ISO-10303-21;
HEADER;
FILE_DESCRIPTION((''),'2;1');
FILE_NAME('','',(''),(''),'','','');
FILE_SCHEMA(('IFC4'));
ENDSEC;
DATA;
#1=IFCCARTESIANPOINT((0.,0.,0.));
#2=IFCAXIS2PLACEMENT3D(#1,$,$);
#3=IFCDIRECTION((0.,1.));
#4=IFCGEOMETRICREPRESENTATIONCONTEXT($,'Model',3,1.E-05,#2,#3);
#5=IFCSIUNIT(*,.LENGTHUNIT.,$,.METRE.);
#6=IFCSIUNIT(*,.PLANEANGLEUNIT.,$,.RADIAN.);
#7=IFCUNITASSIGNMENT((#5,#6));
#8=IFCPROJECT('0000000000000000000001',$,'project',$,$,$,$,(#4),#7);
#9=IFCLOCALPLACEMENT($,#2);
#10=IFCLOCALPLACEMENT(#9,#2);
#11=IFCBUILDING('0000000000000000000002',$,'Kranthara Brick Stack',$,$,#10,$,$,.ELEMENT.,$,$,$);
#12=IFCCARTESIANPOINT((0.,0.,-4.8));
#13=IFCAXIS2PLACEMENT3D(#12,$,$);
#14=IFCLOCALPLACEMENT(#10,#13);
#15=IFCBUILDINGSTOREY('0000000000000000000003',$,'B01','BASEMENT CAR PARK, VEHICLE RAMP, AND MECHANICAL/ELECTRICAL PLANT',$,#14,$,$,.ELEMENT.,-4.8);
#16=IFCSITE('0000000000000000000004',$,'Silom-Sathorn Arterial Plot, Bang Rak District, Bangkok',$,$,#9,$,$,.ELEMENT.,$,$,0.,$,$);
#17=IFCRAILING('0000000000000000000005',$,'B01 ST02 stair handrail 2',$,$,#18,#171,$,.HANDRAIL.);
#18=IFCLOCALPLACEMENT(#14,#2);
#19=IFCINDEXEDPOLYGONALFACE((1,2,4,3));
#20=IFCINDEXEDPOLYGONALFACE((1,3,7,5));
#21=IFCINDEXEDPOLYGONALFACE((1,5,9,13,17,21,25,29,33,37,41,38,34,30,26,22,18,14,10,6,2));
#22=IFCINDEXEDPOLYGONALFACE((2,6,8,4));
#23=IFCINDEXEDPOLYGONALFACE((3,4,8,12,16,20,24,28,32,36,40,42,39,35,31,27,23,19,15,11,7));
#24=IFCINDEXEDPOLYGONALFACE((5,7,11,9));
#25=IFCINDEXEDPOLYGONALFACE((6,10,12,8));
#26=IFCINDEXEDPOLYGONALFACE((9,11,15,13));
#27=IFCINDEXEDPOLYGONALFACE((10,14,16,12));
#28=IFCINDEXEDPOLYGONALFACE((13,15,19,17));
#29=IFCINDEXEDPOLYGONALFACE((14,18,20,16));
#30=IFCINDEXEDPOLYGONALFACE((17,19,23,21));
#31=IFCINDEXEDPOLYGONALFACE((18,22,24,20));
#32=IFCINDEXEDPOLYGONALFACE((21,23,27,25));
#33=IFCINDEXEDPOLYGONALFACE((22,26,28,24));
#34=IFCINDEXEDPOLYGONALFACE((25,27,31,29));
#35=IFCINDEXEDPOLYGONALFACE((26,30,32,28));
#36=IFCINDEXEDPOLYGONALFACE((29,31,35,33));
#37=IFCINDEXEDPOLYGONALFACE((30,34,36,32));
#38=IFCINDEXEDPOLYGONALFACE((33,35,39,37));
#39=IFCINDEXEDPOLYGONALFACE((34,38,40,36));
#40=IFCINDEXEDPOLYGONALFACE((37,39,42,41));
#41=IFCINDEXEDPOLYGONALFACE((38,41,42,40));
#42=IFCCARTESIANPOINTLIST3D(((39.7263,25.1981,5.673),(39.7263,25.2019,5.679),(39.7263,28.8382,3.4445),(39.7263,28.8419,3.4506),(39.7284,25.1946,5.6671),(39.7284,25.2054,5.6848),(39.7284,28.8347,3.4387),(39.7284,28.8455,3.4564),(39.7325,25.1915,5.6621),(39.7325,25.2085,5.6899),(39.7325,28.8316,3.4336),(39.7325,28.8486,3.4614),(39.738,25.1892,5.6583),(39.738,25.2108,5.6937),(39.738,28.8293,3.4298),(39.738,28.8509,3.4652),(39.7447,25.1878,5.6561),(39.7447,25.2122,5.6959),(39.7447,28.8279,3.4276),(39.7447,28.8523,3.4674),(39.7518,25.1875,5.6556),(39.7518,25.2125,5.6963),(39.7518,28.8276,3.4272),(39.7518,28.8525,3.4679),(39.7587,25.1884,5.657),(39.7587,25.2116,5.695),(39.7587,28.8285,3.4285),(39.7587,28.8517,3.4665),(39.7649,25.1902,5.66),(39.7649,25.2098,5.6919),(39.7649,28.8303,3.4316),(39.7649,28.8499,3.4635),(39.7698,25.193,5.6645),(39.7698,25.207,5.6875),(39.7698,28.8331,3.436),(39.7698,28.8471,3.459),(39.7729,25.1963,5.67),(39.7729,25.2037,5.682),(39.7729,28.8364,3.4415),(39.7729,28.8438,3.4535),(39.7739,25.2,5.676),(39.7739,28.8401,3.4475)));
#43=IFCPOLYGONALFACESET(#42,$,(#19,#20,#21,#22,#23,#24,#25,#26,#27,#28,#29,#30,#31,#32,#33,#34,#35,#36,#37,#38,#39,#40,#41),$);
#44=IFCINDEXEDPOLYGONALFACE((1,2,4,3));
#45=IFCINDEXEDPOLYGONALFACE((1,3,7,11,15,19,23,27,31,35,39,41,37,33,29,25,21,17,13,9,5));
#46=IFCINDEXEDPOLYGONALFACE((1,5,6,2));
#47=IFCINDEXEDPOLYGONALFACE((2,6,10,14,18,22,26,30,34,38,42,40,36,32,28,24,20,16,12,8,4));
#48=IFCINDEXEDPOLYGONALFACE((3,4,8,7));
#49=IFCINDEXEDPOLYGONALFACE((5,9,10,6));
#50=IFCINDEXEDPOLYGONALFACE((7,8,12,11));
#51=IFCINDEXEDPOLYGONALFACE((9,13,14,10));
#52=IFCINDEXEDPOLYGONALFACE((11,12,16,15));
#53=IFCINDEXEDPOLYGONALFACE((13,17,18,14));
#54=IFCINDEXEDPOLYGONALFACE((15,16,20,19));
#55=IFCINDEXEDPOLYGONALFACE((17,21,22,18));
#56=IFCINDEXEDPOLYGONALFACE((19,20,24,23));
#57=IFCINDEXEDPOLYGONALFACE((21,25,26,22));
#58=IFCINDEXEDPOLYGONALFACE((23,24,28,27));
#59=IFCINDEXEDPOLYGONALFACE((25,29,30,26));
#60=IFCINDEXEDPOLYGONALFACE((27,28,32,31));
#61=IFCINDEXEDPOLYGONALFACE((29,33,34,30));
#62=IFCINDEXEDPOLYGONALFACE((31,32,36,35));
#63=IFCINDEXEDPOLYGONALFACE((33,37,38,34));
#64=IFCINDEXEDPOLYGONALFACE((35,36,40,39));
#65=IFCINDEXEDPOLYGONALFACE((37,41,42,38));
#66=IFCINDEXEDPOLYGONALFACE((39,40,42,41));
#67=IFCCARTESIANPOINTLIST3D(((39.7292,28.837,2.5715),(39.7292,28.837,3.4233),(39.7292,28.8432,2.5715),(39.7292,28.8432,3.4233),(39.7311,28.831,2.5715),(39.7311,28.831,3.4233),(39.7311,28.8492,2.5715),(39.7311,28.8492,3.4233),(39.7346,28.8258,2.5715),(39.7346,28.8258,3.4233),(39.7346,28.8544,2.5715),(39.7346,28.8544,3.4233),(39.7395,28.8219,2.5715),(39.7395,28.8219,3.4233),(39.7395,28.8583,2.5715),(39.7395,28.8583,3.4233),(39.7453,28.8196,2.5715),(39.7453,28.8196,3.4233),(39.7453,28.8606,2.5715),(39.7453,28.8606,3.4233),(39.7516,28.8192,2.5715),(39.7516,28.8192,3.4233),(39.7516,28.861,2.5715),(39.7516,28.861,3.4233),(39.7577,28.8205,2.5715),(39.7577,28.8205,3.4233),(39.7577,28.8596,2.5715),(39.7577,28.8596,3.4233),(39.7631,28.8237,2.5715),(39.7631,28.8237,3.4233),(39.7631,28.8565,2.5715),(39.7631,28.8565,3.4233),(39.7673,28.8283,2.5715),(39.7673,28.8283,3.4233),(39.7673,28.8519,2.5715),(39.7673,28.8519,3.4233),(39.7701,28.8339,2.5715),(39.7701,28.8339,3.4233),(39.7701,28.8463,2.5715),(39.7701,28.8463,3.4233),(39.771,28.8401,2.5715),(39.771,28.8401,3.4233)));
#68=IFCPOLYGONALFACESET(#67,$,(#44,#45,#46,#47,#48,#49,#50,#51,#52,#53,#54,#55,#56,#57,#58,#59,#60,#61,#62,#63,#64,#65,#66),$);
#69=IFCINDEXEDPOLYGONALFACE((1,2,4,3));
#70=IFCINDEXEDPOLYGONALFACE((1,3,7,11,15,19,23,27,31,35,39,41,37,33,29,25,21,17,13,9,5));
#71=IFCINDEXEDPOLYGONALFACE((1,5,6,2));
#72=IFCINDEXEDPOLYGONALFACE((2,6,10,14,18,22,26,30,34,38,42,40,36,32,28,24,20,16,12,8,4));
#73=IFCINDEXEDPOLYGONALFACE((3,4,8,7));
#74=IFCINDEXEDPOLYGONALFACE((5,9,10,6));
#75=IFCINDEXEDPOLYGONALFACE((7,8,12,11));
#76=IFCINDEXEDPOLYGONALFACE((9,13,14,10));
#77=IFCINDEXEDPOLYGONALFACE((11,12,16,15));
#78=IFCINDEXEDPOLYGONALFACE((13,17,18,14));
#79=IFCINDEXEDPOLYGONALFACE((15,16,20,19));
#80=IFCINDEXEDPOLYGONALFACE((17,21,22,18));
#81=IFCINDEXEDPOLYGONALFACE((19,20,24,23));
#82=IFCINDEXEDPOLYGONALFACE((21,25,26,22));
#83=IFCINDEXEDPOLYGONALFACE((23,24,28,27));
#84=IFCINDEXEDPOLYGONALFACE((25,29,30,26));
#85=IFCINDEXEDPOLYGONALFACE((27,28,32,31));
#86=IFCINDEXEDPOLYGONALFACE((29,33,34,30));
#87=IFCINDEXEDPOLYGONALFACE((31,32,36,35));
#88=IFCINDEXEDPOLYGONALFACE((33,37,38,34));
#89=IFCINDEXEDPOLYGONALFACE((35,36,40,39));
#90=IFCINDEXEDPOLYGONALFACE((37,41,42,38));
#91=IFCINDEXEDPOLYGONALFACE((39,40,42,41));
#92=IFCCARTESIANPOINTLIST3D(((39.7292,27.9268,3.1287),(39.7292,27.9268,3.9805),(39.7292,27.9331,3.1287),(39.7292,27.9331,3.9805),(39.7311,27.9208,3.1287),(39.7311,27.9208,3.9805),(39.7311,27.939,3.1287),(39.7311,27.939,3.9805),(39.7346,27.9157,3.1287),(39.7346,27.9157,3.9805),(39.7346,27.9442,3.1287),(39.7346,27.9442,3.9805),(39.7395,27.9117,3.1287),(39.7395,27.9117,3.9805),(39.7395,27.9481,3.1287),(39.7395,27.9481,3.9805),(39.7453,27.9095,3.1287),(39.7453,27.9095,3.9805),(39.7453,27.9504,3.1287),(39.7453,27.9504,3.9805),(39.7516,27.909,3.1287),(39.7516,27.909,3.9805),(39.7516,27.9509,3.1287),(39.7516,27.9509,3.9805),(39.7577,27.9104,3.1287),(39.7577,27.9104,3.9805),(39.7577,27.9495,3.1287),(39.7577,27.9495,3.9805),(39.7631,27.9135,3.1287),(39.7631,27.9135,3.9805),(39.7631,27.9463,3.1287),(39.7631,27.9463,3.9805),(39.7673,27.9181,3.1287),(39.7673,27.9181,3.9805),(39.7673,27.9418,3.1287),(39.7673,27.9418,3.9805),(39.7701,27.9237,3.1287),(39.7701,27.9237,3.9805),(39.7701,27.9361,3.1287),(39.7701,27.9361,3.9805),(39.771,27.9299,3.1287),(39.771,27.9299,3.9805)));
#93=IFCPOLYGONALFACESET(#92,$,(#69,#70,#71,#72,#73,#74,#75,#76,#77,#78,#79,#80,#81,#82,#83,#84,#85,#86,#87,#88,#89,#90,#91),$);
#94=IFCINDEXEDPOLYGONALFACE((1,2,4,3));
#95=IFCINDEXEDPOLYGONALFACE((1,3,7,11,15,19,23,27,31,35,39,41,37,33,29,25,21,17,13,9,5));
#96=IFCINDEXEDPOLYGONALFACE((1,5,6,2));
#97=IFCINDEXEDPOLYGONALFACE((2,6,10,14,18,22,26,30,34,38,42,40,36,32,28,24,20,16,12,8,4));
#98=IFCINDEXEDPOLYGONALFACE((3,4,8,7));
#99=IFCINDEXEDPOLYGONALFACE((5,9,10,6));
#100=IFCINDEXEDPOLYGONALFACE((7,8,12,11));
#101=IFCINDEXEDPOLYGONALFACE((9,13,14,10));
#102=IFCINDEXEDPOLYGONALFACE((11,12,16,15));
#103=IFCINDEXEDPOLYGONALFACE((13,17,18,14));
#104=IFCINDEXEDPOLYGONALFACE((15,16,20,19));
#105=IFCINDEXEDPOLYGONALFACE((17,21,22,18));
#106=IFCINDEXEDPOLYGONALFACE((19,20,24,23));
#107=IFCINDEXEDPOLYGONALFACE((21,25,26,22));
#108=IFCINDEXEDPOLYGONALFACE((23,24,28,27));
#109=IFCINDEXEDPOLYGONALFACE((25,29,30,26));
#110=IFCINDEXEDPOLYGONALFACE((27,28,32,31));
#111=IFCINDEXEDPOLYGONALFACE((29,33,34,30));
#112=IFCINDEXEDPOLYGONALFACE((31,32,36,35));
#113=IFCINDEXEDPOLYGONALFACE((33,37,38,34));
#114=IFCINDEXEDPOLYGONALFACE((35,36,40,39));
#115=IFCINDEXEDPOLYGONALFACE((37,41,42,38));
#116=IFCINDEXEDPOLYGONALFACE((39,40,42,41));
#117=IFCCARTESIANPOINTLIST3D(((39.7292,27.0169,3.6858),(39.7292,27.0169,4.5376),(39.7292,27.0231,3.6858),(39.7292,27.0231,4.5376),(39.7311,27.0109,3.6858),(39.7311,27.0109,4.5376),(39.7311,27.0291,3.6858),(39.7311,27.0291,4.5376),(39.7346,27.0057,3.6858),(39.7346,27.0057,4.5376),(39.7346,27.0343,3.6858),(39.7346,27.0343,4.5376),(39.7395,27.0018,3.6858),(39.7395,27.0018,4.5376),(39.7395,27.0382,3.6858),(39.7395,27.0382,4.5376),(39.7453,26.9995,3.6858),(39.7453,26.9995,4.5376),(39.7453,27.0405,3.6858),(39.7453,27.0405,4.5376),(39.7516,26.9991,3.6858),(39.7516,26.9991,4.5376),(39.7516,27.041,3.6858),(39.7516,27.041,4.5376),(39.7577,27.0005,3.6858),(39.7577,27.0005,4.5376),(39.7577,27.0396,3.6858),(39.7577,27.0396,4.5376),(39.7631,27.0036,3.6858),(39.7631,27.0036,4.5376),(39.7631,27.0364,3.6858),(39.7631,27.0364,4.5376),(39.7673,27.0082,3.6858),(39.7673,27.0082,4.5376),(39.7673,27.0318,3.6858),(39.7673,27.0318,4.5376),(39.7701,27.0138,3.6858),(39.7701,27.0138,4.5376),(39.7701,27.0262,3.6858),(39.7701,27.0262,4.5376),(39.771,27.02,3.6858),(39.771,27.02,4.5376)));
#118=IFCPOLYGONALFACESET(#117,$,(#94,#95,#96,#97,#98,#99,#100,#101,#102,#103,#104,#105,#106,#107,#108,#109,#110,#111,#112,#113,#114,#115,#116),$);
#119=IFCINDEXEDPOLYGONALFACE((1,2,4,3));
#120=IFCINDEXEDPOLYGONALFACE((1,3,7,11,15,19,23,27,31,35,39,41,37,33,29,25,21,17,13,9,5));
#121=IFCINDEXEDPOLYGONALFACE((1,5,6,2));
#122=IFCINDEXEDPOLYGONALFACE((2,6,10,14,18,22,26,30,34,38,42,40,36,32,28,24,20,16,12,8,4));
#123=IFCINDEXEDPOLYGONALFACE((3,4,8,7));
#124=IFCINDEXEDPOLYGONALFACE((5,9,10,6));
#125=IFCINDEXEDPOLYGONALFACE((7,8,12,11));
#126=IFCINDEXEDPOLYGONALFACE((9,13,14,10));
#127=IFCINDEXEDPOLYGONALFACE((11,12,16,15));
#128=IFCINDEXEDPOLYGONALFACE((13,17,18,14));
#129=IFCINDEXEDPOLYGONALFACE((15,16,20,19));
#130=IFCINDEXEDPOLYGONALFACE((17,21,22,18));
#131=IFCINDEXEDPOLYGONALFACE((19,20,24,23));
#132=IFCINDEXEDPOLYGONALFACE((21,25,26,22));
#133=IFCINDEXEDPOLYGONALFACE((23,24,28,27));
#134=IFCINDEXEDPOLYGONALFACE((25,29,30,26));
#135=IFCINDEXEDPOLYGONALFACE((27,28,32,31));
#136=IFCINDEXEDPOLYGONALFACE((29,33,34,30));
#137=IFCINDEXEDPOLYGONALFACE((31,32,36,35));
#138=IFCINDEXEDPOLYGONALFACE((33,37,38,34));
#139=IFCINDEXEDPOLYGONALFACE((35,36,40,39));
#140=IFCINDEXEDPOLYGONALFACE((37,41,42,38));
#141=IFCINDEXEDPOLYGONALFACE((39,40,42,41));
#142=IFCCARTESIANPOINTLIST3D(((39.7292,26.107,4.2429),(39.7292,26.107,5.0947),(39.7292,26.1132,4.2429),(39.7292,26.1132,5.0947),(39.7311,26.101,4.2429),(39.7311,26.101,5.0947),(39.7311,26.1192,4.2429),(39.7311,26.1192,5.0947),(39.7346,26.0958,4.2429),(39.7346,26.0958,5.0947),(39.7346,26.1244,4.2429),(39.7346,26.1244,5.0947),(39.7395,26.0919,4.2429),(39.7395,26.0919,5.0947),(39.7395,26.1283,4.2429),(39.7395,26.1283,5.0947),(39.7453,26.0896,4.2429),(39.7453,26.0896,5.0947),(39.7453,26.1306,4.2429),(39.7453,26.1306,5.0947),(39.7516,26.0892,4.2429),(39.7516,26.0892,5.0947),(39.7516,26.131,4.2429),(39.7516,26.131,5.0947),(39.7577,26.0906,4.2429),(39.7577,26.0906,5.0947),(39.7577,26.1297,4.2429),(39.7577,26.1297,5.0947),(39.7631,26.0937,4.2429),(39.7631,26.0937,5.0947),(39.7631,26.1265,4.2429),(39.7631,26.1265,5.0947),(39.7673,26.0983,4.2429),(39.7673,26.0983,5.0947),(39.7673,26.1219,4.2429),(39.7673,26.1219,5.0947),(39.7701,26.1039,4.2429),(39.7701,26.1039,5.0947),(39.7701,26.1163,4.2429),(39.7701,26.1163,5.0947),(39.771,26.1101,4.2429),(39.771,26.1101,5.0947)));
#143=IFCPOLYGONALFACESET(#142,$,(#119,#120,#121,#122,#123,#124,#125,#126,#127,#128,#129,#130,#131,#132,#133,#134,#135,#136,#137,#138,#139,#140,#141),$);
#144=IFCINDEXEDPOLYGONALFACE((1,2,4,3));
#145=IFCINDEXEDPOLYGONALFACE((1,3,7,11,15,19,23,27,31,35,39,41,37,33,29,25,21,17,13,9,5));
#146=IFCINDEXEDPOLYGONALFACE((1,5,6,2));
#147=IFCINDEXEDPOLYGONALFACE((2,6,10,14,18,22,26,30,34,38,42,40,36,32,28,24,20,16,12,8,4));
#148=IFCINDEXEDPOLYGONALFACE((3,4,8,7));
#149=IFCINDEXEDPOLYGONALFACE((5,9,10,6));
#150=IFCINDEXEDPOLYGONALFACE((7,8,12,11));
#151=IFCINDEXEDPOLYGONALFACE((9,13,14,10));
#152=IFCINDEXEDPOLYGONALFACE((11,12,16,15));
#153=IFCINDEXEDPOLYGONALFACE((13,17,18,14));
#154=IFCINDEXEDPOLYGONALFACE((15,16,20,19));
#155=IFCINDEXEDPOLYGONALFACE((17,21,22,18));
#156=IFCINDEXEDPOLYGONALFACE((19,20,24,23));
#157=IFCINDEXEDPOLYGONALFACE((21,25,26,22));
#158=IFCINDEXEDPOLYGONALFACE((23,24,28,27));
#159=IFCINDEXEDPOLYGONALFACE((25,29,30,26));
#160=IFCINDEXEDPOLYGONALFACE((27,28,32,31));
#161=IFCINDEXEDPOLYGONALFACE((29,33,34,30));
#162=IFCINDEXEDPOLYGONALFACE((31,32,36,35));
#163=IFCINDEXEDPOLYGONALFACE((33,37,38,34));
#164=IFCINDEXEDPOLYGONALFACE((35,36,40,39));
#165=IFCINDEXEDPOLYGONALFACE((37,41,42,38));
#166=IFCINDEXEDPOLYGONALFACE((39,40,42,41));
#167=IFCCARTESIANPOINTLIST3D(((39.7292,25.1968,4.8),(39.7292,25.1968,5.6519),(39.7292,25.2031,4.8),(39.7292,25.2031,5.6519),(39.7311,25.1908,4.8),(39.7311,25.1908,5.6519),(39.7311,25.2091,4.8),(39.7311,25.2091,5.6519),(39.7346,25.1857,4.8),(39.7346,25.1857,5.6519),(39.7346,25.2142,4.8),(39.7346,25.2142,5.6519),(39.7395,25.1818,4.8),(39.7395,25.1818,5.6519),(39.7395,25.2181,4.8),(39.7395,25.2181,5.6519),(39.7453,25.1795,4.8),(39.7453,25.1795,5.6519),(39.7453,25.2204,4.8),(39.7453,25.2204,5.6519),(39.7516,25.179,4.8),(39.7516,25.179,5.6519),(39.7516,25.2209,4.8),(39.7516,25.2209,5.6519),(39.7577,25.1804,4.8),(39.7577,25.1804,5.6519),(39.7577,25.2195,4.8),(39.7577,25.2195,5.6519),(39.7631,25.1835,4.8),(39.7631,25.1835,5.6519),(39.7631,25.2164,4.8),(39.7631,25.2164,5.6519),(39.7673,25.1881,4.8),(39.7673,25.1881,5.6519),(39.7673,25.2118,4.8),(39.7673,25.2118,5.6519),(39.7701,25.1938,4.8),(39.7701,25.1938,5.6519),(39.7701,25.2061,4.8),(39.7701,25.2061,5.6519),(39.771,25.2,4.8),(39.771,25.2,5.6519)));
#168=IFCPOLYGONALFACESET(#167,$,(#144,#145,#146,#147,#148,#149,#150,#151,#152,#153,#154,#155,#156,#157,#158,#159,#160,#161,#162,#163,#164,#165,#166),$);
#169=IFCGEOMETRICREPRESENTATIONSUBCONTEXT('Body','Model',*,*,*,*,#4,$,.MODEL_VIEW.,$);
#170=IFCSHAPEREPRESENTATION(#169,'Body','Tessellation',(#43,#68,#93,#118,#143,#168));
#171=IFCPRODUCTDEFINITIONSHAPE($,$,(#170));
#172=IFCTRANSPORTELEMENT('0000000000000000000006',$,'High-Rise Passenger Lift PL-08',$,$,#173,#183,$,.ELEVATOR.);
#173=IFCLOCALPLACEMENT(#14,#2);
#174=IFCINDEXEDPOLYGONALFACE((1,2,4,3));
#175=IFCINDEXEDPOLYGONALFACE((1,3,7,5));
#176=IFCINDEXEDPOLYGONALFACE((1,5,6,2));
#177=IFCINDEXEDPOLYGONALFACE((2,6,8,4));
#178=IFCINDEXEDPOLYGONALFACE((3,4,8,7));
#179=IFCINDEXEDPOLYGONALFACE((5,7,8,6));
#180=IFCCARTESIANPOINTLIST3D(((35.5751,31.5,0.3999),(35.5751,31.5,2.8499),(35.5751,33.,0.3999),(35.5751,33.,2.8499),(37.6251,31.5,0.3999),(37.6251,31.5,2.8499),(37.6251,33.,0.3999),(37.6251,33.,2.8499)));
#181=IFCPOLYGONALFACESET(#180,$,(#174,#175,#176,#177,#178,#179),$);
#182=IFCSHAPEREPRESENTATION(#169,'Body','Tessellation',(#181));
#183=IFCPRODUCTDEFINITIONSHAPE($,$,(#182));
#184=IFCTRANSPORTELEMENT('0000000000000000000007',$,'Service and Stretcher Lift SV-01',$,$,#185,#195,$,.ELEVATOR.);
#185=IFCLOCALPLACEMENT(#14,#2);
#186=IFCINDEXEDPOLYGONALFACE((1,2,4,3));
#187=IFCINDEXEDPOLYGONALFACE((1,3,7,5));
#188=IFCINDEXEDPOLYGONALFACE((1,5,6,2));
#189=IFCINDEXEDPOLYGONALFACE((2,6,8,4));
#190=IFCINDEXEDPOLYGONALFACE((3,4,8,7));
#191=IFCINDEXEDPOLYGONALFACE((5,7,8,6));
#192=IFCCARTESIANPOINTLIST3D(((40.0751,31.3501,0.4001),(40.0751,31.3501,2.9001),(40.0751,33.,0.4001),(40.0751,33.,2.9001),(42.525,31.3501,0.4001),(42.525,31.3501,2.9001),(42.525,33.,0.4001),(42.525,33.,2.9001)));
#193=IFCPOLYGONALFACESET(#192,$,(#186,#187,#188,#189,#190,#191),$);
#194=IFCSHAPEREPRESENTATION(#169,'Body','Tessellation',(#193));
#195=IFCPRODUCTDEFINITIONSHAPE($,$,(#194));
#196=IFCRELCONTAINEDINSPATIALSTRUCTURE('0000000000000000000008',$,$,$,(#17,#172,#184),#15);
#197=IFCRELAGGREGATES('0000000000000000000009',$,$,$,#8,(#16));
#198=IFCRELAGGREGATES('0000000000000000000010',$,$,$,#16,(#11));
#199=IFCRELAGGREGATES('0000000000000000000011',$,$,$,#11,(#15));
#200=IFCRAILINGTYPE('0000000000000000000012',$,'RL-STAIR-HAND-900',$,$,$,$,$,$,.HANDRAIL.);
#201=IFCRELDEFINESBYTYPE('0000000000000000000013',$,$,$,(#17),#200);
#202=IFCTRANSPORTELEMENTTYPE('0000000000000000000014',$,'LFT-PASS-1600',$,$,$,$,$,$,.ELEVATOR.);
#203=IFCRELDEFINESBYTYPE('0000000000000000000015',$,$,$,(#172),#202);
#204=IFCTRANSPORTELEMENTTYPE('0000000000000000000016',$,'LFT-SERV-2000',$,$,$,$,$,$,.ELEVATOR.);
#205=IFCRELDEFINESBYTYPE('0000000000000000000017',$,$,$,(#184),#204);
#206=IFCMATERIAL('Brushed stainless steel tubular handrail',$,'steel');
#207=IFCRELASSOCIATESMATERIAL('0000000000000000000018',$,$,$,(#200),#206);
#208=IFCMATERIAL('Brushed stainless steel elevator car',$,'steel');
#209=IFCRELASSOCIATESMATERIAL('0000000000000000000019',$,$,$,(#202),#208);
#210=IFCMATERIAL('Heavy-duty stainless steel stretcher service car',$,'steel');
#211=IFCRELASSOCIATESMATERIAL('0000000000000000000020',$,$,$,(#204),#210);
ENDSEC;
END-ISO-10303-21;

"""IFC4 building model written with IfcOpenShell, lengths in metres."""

from ifc_helpers import new_model, si_unit, direction, frame, origin, origin_2d, place, context, subcontext, project, spatial, rectangle, circle, extrude, material, type_object, element, save


model = new_model("IFC4")

# Units and contexts
model_context = context("Model", 3, precision=1e-05, world=origin(), true_north=direction((0.0, 1.0)))
body_context = subcontext(model_context, "Body", "Model", "MODEL_VIEW")
ifc_project = project(units=[si_unit("LENGTHUNIT", "METRE"), si_unit("PLANEANGLEUNIT", "RADIAN")], contexts=[model_context])

# Site, building, storey
site_placement = place(None, origin())
site = spatial("IfcSite", under=ifc_project, at=site_placement, Name="Silom-Sathorn Arterial Plot, Bang Rak District, Bangkok", CompositionType="ELEMENT", RefElevation=0.0)
building_placement = place(site_placement, origin())
building = spatial("IfcBuilding", under=site, at=building_placement, Name="Kranthara Brick Stack", CompositionType="ELEMENT")
storey_placement = place(building_placement, frame((0.0, 0.0, -4.8)))
storey = spatial("IfcBuildingStorey", under=building, at=storey_placement, Name="B01", Description="BASEMENT CAR PARK, VEHICLE RAMP, AND MECHANICAL/ELECTRICAL PLANT", CompositionType="ELEMENT", Elevation=-4.8)

# Railing
ifc_material_1 = material(Name="Brushed stainless steel tubular handrail", Category="steel")
railing_type_1 = type_object("IfcRailingType", Name="RL-STAIR-HAND-900", PredefinedType="HANDRAIL", material=ifc_material_1)
railing_1_placement = place(storey_placement, frame((39.75, 28.8401, 2.5715)))
element("IfcRailing", 1, at=railing_1_placement, inside=storey, type_object=railing_type_1, Name="B01 ST02 stair handrail 2", PredefinedType="HANDRAIL", context=body_context, shape_type="SweptSolid", body=[
    extrude(circle(Radius=0.0239, at=origin_2d()), frame((0.0, 0.0, 0.876), z_axis=(0.0, -0.852866, 0.52213), x_axis=(1.0, 0.0, 0.0)), (0.0, 0.0, 1.0), 4.2681),
    extrude(circle(Radius=0.021, at=origin_2d()), origin(), (0.0, 0.0, 1.0), 0.8518),
    extrude(circle(Radius=0.021, at=origin_2d()), frame((0.0, -0.9102, 0.5571)), (0.0, 0.0, 1.0), 0.8518),
    extrude(circle(Radius=0.021, at=origin_2d()), frame((0.0, -1.8201, 1.1143)), (0.0, 0.0, 1.0), 0.8518),
    extrude(circle(Radius=0.021, at=origin_2d()), frame((0.0, -2.73, 1.6714)), (0.0, 0.0, 1.0), 0.8518),
    extrude(circle(Radius=0.021, at=origin_2d()), frame((0.0, -3.6401, 2.2285)), (0.0, 0.0, 1.0), 0.8518),
])

# Transport elements
ifc_material_2 = material(Name="Brushed stainless steel elevator car", Category="steel")
transport_element_type_1 = type_object("IfcTransportElementType", Name="LFT-PASS-1600", PredefinedType="ELEVATOR", material=ifc_material_2)
transport_element_1_placement = place(storey_placement, frame((36.6001, 32.25, 0.3999), z_axis=(0.0, 0.0, 1.0), x_axis=(1.0, 0.0, 0.0)))
element("IfcTransportElement", 2, at=transport_element_1_placement, inside=storey, type_object=transport_element_type_1, Name="High-Rise Passenger Lift PL-08", PredefinedType="ELEVATOR", context=body_context, shape_type="SweptSolid", body=[
    extrude(rectangle(XDim=2.05, YDim=1.5, at=origin_2d()), origin(), (0.0, 0.0, 1.0), 2.45),
])
ifc_material_3 = material(Name="Heavy-duty stainless steel stretcher service car", Category="steel")
transport_element_type_2 = type_object("IfcTransportElementType", Name="LFT-SERV-2000", PredefinedType="ELEVATOR", material=ifc_material_3)
transport_element_2_placement = place(storey_placement, frame((41.3, 32.175, 0.4001), z_axis=(0.0, 0.0, 1.0), x_axis=(1.0, 0.0, 0.0)))
element("IfcTransportElement", 3, at=transport_element_2_placement, inside=storey, type_object=transport_element_type_2, Name="Service and Stretcher Lift SV-01", PredefinedType="ELEVATOR", context=body_context, shape_type="SweptSolid", body=[
    extrude(rectangle(XDim=2.45, YDim=1.6499, at=origin_2d()), origin(), (0.0, 0.0, 1.0), 2.5),
])

save(model, "model.ifc")
